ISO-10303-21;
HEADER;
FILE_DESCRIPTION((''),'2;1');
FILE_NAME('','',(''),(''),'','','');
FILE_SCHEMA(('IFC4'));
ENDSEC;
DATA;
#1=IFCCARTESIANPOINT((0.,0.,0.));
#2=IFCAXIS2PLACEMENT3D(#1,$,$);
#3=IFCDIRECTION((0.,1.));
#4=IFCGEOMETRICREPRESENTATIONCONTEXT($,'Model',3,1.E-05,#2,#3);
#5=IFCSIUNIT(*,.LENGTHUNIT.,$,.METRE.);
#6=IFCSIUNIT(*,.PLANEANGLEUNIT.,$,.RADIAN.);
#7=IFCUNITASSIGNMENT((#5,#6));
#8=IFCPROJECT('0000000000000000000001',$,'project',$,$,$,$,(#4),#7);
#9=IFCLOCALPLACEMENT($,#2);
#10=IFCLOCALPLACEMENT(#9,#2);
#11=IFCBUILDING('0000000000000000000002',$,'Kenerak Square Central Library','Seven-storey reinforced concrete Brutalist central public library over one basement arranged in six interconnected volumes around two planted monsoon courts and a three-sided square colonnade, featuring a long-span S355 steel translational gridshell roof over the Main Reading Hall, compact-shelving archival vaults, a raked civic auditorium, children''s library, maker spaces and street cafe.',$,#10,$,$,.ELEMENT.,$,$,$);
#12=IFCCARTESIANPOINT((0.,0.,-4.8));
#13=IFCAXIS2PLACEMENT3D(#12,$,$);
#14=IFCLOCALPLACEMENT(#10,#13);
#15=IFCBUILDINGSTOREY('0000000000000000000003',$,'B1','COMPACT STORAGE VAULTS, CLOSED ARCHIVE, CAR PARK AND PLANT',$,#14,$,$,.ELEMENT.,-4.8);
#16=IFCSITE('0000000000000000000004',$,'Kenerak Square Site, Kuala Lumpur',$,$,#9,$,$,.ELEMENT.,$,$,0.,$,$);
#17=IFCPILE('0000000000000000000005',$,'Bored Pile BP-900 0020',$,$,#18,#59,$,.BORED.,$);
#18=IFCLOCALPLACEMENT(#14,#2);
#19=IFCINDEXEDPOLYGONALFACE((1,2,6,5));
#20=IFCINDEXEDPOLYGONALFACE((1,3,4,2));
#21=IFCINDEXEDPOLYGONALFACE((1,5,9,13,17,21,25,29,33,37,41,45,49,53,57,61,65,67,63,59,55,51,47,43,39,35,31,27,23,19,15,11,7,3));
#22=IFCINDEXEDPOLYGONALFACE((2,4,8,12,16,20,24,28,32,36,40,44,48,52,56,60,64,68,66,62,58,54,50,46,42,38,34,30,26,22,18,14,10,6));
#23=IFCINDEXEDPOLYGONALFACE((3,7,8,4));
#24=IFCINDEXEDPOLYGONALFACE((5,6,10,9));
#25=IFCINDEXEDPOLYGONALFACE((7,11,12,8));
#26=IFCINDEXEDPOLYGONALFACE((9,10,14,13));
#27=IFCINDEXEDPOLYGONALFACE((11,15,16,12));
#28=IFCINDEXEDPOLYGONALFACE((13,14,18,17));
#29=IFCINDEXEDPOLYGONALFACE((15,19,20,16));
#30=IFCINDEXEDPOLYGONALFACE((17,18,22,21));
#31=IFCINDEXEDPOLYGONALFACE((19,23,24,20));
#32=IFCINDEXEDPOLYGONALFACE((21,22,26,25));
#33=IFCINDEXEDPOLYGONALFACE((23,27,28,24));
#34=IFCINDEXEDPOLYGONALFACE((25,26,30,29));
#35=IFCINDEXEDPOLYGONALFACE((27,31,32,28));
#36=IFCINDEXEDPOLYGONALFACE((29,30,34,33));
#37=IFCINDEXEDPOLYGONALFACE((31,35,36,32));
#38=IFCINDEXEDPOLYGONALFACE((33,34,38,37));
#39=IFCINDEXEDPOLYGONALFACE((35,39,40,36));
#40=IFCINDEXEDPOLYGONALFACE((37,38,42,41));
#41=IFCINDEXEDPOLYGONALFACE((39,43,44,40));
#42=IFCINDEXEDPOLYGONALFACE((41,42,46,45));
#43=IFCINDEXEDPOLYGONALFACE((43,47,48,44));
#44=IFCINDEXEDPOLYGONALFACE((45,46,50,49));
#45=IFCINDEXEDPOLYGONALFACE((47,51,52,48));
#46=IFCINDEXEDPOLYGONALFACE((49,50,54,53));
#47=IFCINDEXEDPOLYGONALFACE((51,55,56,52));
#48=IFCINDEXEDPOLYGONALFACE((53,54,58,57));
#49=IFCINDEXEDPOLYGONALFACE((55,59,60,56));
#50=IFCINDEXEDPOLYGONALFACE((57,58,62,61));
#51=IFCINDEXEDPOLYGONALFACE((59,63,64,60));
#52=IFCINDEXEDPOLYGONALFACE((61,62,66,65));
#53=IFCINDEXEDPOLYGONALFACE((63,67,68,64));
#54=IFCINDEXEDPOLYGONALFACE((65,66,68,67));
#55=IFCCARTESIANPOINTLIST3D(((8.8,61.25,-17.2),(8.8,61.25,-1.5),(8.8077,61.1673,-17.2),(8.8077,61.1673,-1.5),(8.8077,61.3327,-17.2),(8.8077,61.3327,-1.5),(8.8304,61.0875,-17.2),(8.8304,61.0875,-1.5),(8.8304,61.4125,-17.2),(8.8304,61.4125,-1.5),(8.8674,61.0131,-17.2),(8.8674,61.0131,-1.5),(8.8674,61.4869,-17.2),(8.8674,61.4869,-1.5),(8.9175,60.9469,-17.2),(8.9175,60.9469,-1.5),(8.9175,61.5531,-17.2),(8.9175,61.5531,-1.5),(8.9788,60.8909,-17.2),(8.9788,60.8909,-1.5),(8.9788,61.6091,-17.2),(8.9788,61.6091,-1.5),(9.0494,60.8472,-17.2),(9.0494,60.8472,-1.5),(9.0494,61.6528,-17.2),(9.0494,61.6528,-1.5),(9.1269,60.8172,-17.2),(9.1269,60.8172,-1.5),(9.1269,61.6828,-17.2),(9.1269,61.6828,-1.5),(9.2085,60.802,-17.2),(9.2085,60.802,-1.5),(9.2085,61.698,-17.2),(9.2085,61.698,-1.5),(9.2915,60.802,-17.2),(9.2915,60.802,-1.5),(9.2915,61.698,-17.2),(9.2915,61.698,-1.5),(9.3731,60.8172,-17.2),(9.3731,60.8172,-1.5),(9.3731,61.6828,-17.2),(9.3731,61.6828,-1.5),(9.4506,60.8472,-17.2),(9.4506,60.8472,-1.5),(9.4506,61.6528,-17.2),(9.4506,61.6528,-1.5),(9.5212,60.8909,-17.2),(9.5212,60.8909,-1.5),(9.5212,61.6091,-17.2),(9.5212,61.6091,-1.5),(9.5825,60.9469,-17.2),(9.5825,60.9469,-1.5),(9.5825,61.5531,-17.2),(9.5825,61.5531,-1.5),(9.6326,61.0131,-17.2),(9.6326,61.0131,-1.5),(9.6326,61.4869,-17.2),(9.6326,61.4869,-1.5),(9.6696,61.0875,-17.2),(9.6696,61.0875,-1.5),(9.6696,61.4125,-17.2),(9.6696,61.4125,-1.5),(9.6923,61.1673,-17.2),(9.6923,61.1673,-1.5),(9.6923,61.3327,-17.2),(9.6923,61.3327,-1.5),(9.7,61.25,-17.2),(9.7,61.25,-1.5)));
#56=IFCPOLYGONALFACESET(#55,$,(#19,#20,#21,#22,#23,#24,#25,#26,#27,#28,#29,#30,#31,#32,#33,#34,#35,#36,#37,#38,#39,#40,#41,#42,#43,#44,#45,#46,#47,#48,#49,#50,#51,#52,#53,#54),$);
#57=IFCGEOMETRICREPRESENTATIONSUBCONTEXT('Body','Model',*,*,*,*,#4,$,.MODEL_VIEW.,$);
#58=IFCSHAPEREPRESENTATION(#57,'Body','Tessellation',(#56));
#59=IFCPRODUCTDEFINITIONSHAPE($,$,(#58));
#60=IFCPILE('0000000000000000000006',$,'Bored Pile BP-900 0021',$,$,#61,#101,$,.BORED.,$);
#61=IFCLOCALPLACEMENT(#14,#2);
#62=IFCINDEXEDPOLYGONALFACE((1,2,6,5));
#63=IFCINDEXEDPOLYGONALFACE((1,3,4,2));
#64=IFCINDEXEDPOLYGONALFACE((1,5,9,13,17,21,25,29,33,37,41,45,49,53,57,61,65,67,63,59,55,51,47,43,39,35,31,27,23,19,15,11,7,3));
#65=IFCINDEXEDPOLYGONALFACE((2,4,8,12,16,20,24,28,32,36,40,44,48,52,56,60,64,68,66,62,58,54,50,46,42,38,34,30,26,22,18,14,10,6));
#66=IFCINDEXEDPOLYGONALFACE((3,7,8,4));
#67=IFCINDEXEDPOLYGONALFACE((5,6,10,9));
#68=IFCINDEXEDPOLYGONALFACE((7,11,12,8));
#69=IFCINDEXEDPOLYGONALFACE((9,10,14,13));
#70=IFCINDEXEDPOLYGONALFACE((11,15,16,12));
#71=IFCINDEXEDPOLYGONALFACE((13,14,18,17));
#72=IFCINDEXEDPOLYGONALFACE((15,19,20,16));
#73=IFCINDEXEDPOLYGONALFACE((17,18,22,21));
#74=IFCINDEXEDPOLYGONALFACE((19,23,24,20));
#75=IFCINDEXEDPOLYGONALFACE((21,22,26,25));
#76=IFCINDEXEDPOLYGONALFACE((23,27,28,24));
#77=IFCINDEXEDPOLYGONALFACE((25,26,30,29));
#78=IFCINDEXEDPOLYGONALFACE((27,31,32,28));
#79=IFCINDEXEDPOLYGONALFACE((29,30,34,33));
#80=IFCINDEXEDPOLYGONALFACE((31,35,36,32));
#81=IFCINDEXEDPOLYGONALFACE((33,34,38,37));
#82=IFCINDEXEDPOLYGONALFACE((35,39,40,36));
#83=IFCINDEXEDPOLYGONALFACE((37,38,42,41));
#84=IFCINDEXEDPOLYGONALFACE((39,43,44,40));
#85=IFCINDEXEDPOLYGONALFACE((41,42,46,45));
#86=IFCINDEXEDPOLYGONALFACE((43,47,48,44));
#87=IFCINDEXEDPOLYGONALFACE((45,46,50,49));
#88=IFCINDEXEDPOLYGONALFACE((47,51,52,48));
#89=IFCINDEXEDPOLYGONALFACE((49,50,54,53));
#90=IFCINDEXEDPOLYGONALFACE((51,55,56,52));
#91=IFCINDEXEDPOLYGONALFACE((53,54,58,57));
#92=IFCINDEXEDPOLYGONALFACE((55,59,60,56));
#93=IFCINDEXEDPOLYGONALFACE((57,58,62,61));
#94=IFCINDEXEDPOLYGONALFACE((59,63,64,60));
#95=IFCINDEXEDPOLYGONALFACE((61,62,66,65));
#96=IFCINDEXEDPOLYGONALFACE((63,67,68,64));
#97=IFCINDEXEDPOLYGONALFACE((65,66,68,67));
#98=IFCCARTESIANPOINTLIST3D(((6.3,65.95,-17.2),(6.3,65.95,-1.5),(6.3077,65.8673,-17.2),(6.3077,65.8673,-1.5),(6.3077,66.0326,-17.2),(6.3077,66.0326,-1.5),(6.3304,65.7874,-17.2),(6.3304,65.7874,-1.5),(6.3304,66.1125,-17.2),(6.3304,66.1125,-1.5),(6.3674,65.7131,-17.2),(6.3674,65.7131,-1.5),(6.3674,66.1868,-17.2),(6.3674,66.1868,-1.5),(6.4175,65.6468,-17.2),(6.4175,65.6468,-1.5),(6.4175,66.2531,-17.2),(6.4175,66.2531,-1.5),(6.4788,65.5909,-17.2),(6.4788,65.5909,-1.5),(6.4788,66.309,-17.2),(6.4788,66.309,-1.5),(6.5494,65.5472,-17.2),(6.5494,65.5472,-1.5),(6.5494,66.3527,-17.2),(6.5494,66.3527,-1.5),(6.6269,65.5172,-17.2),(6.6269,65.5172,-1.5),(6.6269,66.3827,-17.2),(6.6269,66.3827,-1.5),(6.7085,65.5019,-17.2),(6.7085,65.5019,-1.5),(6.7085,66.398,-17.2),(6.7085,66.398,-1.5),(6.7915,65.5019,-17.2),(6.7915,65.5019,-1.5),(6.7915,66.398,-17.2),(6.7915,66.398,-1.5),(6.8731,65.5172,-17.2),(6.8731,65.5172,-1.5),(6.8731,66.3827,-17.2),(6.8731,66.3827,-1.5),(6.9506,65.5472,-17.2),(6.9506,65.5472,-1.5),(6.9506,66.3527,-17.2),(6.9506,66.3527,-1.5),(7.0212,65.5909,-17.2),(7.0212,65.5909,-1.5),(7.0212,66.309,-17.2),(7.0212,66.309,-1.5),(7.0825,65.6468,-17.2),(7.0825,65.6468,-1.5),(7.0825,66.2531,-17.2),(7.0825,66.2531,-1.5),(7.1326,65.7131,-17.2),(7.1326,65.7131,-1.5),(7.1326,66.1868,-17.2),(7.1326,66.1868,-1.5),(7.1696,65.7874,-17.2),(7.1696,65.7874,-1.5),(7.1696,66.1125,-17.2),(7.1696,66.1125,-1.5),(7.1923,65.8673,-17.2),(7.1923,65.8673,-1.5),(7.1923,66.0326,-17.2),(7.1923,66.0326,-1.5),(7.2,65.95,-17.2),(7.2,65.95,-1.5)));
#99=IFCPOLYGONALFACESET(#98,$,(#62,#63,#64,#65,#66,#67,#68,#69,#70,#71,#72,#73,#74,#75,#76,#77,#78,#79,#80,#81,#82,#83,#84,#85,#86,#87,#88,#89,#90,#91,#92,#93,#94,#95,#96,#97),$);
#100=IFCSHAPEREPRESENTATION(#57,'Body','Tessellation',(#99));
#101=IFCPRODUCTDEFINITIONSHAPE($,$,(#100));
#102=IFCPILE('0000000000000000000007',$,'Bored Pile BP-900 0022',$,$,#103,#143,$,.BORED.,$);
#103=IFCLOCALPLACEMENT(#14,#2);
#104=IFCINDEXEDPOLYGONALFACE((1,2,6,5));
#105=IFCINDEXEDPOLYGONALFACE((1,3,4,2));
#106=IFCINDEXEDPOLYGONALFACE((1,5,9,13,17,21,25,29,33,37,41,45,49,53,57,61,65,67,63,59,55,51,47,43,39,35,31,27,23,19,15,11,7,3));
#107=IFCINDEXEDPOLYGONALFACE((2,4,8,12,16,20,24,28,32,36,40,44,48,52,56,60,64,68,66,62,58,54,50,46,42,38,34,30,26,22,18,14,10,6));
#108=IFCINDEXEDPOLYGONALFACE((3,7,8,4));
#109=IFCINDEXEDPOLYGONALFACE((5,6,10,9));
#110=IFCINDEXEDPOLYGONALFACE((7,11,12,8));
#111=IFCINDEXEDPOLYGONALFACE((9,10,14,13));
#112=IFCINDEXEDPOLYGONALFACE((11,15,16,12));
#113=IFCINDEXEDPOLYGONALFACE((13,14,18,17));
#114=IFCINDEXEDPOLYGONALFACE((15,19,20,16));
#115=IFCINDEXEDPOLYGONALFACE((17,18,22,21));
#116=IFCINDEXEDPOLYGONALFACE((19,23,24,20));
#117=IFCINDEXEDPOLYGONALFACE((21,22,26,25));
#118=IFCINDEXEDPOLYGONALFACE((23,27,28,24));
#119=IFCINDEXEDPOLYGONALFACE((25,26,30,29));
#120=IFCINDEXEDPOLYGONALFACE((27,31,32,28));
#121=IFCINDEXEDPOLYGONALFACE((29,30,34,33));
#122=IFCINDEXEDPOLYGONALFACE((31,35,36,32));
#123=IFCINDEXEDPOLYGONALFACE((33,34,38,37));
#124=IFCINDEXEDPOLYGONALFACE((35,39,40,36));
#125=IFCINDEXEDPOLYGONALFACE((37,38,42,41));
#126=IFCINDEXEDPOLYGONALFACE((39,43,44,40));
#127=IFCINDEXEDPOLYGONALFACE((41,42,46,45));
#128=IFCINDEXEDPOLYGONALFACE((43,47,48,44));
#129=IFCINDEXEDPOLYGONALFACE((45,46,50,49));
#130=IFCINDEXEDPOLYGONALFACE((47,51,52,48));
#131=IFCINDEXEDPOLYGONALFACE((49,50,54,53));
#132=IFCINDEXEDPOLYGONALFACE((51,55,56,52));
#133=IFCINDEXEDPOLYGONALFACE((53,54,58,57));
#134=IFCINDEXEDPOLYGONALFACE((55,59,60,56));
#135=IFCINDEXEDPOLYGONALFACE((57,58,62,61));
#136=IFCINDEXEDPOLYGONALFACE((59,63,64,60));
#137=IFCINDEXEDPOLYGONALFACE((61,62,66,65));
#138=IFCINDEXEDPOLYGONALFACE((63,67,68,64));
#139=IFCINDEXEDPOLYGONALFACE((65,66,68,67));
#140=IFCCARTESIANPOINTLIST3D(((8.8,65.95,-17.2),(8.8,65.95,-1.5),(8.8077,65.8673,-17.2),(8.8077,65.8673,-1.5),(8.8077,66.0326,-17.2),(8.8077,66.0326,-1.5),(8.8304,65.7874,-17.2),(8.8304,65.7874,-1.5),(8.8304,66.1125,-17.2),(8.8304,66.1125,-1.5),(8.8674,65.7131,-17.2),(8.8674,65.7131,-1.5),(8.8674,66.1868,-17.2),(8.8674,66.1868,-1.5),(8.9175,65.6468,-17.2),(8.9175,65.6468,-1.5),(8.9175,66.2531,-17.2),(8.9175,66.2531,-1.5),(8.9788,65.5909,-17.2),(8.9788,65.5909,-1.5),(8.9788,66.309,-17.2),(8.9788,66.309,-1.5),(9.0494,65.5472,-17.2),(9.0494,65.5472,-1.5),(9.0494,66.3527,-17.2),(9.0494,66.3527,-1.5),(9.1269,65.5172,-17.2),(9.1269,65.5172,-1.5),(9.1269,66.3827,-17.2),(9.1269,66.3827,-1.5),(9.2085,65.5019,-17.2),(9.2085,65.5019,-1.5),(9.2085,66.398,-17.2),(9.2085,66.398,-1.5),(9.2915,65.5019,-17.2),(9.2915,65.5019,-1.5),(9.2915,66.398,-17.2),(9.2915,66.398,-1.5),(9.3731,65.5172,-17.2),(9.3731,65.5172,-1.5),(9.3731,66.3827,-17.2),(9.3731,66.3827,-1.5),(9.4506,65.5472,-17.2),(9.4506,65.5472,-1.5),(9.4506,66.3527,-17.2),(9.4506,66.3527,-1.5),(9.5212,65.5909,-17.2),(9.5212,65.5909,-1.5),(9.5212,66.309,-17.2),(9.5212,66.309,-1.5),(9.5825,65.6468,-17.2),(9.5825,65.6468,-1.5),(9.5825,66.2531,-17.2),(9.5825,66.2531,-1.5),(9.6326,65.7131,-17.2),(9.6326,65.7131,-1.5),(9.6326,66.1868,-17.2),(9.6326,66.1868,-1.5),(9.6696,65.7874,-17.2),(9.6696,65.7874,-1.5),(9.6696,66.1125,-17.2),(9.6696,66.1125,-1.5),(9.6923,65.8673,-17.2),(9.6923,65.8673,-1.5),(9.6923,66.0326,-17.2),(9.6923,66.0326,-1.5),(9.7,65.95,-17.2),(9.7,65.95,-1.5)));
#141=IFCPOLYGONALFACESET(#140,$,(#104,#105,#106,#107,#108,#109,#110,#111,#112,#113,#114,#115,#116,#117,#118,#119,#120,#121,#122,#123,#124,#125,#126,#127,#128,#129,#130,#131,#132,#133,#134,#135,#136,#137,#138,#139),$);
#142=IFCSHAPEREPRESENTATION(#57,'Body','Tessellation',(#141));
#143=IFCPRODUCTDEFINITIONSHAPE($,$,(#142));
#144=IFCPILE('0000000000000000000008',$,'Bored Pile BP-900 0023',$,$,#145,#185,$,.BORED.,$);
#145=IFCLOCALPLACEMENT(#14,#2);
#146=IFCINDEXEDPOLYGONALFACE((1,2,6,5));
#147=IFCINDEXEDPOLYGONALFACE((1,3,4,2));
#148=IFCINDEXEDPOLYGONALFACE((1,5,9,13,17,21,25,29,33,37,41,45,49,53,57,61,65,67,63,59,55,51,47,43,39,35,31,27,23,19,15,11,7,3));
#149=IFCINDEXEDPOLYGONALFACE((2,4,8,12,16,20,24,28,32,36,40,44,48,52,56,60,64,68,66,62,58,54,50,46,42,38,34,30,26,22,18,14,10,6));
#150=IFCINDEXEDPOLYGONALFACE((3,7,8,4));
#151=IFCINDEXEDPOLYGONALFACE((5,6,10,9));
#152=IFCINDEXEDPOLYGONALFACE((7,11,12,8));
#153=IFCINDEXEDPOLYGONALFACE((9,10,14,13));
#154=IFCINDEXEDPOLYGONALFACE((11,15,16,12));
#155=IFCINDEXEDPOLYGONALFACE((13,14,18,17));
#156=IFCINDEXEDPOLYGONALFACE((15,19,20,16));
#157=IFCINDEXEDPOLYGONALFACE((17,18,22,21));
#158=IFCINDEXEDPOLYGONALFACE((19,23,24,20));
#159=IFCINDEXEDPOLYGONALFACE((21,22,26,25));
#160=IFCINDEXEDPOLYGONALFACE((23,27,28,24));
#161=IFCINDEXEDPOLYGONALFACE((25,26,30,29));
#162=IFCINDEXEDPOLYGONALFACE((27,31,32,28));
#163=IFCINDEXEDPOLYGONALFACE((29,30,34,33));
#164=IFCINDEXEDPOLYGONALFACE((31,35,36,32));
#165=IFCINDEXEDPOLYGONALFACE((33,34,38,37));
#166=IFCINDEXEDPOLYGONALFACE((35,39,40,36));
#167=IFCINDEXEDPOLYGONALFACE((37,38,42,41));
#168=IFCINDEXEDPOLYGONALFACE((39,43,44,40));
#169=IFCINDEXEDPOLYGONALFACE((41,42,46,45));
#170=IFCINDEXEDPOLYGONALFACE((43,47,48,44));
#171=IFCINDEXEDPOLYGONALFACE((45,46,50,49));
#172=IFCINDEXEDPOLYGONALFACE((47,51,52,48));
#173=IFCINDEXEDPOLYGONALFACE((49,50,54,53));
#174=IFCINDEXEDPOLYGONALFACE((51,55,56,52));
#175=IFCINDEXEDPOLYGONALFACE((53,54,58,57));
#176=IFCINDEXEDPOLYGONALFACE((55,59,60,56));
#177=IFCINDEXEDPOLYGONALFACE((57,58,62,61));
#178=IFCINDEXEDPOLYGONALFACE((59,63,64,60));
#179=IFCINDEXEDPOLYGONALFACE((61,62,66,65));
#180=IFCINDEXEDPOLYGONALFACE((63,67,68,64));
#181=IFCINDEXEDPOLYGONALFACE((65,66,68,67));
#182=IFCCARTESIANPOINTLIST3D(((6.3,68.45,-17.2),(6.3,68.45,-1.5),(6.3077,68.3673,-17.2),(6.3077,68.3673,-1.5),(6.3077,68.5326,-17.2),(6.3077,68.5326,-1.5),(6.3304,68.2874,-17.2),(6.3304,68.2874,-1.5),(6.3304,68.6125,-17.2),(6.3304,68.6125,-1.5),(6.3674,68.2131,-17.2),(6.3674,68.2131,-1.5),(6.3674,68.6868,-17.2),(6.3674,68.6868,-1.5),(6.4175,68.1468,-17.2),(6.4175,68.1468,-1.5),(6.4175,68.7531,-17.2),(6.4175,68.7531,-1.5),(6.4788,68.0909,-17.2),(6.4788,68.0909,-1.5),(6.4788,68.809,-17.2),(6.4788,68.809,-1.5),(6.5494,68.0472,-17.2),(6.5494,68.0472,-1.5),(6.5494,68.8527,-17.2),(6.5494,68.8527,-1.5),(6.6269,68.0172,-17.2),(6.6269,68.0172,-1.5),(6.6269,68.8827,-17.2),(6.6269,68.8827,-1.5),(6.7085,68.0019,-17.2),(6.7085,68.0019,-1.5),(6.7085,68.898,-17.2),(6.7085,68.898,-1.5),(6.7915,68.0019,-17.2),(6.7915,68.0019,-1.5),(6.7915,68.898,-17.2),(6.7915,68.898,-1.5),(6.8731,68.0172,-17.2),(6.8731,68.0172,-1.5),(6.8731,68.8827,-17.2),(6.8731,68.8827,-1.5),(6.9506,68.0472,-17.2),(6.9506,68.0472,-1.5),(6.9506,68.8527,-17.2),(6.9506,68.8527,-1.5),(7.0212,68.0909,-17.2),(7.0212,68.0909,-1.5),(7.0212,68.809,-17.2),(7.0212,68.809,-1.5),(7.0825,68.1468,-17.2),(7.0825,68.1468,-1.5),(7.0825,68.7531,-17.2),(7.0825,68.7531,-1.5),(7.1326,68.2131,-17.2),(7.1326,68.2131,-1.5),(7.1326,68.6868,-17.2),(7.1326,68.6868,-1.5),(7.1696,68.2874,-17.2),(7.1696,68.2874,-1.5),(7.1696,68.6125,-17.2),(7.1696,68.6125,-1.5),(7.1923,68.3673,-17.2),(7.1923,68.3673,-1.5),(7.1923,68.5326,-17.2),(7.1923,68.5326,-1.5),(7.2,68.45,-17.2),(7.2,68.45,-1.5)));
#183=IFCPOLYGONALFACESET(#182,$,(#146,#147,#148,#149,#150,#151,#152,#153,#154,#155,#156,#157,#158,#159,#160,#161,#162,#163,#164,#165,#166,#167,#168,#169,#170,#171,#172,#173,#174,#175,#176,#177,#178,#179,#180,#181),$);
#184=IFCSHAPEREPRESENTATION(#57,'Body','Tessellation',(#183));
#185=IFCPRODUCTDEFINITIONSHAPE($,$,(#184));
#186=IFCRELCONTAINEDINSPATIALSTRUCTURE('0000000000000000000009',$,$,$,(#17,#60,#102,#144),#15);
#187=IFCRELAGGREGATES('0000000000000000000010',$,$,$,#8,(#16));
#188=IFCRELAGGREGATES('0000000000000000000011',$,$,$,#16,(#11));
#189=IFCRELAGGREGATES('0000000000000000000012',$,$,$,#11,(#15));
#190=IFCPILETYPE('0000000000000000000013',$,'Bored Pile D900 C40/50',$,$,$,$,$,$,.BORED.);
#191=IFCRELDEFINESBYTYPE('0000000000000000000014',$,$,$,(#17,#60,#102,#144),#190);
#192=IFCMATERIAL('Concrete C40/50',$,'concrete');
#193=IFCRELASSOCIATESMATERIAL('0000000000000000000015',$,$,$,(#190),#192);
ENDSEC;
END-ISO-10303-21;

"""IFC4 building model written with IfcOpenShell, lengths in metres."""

from ifc_helpers import new_model, si_unit, direction, frame, origin, origin_2d, place, context, subcontext, project, spatial, circle, extrude, material, material_profile, profile_set, type_object, element, save


model = new_model("IFC4")

# Units and contexts
model_context = context("Model", 3, precision=1e-05, world=origin(), true_north=direction((0.0, 1.0)))
body_context = subcontext(model_context, "Body", "Model", "MODEL_VIEW")
ifc_project = project(units=[si_unit("LENGTHUNIT", "METRE"), si_unit("PLANEANGLEUNIT", "RADIAN")], contexts=[model_context])

# Site, building, storey
site_placement = place(None, origin())
site = spatial("IfcSite", under=ifc_project, at=site_placement, Name="Kenerak Square Site, Kuala Lumpur", CompositionType="ELEMENT", RefElevation=0.0)
building_placement = place(site_placement, origin())
building = spatial("IfcBuilding", under=site, at=building_placement, Name="Kenerak Square Central Library", Description="Seven-storey reinforced concrete Brutalist central public library over one basement arranged in six interconnected volumes around two planted monsoon courts and a three-sided square colonnade, featuring a long-span S355 steel translational gridshell roof over the Main Reading Hall, compact-shelving archival vaults, a raked civic auditorium, children's library, maker spaces and street cafe.", CompositionType="ELEMENT")
storey_placement = place(building_placement, frame((0.0, 0.0, -4.8)))
storey = spatial("IfcBuildingStorey", under=building, at=storey_placement, Name="B1", Description="COMPACT STORAGE VAULTS, CLOSED ARCHIVE, CAR PARK AND PLANT", CompositionType="ELEMENT", Elevation=-4.8)

# Piles
ifc_material_1 = material(Name="Concrete C40/50", Category="concrete")
ifc_material_profile_1 = material_profile(ifc_material_1, circle(Radius=0.45, at=origin_2d()), Name="BP D900")
ifc_profile_set_1 = profile_set([ifc_material_profile_1], Name="Concrete C40/50")
pile_type = type_object("IfcPileType", Name="Bored Pile D900 C40/50", PredefinedType="BORED", material=ifc_profile_set_1)
for number, where, z_axis, x_axis, name in (
    (1, (9.25, 61.25, -1.5), (0.0, 0.0, -1.0), (1.0, 0.0, 0.0), "Bored Pile BP-900 0020"),
    (2, (6.75, 65.95, -1.5), (0.0, 0.0, -1.0), (1.0, 0.0, 0.0), "Bored Pile BP-900 0021"),
    (3, (9.25, 65.95, -1.5), (0.0, 0.0, -1.0), (1.0, 0.0, 0.0), "Bored Pile BP-900 0022"),
    (4, (6.75, 68.45, -1.5), (0.0, 0.0, -1.0), (1.0, 0.0, 0.0), "Bored Pile BP-900 0023"),
):
    element("IfcPile", number, at=place(storey_placement, frame(where, z_axis=z_axis, x_axis=x_axis)), inside=storey, type_object=pile_type, Name=name, PredefinedType="BORED", context=body_context, shape_type="SweptSolid", body=[
        extrude(circle(Radius=0.45, at=origin_2d()), origin(), (0.0, 0.0, 1.0), 15.7),
    ])

save(model, "model.ifc")
